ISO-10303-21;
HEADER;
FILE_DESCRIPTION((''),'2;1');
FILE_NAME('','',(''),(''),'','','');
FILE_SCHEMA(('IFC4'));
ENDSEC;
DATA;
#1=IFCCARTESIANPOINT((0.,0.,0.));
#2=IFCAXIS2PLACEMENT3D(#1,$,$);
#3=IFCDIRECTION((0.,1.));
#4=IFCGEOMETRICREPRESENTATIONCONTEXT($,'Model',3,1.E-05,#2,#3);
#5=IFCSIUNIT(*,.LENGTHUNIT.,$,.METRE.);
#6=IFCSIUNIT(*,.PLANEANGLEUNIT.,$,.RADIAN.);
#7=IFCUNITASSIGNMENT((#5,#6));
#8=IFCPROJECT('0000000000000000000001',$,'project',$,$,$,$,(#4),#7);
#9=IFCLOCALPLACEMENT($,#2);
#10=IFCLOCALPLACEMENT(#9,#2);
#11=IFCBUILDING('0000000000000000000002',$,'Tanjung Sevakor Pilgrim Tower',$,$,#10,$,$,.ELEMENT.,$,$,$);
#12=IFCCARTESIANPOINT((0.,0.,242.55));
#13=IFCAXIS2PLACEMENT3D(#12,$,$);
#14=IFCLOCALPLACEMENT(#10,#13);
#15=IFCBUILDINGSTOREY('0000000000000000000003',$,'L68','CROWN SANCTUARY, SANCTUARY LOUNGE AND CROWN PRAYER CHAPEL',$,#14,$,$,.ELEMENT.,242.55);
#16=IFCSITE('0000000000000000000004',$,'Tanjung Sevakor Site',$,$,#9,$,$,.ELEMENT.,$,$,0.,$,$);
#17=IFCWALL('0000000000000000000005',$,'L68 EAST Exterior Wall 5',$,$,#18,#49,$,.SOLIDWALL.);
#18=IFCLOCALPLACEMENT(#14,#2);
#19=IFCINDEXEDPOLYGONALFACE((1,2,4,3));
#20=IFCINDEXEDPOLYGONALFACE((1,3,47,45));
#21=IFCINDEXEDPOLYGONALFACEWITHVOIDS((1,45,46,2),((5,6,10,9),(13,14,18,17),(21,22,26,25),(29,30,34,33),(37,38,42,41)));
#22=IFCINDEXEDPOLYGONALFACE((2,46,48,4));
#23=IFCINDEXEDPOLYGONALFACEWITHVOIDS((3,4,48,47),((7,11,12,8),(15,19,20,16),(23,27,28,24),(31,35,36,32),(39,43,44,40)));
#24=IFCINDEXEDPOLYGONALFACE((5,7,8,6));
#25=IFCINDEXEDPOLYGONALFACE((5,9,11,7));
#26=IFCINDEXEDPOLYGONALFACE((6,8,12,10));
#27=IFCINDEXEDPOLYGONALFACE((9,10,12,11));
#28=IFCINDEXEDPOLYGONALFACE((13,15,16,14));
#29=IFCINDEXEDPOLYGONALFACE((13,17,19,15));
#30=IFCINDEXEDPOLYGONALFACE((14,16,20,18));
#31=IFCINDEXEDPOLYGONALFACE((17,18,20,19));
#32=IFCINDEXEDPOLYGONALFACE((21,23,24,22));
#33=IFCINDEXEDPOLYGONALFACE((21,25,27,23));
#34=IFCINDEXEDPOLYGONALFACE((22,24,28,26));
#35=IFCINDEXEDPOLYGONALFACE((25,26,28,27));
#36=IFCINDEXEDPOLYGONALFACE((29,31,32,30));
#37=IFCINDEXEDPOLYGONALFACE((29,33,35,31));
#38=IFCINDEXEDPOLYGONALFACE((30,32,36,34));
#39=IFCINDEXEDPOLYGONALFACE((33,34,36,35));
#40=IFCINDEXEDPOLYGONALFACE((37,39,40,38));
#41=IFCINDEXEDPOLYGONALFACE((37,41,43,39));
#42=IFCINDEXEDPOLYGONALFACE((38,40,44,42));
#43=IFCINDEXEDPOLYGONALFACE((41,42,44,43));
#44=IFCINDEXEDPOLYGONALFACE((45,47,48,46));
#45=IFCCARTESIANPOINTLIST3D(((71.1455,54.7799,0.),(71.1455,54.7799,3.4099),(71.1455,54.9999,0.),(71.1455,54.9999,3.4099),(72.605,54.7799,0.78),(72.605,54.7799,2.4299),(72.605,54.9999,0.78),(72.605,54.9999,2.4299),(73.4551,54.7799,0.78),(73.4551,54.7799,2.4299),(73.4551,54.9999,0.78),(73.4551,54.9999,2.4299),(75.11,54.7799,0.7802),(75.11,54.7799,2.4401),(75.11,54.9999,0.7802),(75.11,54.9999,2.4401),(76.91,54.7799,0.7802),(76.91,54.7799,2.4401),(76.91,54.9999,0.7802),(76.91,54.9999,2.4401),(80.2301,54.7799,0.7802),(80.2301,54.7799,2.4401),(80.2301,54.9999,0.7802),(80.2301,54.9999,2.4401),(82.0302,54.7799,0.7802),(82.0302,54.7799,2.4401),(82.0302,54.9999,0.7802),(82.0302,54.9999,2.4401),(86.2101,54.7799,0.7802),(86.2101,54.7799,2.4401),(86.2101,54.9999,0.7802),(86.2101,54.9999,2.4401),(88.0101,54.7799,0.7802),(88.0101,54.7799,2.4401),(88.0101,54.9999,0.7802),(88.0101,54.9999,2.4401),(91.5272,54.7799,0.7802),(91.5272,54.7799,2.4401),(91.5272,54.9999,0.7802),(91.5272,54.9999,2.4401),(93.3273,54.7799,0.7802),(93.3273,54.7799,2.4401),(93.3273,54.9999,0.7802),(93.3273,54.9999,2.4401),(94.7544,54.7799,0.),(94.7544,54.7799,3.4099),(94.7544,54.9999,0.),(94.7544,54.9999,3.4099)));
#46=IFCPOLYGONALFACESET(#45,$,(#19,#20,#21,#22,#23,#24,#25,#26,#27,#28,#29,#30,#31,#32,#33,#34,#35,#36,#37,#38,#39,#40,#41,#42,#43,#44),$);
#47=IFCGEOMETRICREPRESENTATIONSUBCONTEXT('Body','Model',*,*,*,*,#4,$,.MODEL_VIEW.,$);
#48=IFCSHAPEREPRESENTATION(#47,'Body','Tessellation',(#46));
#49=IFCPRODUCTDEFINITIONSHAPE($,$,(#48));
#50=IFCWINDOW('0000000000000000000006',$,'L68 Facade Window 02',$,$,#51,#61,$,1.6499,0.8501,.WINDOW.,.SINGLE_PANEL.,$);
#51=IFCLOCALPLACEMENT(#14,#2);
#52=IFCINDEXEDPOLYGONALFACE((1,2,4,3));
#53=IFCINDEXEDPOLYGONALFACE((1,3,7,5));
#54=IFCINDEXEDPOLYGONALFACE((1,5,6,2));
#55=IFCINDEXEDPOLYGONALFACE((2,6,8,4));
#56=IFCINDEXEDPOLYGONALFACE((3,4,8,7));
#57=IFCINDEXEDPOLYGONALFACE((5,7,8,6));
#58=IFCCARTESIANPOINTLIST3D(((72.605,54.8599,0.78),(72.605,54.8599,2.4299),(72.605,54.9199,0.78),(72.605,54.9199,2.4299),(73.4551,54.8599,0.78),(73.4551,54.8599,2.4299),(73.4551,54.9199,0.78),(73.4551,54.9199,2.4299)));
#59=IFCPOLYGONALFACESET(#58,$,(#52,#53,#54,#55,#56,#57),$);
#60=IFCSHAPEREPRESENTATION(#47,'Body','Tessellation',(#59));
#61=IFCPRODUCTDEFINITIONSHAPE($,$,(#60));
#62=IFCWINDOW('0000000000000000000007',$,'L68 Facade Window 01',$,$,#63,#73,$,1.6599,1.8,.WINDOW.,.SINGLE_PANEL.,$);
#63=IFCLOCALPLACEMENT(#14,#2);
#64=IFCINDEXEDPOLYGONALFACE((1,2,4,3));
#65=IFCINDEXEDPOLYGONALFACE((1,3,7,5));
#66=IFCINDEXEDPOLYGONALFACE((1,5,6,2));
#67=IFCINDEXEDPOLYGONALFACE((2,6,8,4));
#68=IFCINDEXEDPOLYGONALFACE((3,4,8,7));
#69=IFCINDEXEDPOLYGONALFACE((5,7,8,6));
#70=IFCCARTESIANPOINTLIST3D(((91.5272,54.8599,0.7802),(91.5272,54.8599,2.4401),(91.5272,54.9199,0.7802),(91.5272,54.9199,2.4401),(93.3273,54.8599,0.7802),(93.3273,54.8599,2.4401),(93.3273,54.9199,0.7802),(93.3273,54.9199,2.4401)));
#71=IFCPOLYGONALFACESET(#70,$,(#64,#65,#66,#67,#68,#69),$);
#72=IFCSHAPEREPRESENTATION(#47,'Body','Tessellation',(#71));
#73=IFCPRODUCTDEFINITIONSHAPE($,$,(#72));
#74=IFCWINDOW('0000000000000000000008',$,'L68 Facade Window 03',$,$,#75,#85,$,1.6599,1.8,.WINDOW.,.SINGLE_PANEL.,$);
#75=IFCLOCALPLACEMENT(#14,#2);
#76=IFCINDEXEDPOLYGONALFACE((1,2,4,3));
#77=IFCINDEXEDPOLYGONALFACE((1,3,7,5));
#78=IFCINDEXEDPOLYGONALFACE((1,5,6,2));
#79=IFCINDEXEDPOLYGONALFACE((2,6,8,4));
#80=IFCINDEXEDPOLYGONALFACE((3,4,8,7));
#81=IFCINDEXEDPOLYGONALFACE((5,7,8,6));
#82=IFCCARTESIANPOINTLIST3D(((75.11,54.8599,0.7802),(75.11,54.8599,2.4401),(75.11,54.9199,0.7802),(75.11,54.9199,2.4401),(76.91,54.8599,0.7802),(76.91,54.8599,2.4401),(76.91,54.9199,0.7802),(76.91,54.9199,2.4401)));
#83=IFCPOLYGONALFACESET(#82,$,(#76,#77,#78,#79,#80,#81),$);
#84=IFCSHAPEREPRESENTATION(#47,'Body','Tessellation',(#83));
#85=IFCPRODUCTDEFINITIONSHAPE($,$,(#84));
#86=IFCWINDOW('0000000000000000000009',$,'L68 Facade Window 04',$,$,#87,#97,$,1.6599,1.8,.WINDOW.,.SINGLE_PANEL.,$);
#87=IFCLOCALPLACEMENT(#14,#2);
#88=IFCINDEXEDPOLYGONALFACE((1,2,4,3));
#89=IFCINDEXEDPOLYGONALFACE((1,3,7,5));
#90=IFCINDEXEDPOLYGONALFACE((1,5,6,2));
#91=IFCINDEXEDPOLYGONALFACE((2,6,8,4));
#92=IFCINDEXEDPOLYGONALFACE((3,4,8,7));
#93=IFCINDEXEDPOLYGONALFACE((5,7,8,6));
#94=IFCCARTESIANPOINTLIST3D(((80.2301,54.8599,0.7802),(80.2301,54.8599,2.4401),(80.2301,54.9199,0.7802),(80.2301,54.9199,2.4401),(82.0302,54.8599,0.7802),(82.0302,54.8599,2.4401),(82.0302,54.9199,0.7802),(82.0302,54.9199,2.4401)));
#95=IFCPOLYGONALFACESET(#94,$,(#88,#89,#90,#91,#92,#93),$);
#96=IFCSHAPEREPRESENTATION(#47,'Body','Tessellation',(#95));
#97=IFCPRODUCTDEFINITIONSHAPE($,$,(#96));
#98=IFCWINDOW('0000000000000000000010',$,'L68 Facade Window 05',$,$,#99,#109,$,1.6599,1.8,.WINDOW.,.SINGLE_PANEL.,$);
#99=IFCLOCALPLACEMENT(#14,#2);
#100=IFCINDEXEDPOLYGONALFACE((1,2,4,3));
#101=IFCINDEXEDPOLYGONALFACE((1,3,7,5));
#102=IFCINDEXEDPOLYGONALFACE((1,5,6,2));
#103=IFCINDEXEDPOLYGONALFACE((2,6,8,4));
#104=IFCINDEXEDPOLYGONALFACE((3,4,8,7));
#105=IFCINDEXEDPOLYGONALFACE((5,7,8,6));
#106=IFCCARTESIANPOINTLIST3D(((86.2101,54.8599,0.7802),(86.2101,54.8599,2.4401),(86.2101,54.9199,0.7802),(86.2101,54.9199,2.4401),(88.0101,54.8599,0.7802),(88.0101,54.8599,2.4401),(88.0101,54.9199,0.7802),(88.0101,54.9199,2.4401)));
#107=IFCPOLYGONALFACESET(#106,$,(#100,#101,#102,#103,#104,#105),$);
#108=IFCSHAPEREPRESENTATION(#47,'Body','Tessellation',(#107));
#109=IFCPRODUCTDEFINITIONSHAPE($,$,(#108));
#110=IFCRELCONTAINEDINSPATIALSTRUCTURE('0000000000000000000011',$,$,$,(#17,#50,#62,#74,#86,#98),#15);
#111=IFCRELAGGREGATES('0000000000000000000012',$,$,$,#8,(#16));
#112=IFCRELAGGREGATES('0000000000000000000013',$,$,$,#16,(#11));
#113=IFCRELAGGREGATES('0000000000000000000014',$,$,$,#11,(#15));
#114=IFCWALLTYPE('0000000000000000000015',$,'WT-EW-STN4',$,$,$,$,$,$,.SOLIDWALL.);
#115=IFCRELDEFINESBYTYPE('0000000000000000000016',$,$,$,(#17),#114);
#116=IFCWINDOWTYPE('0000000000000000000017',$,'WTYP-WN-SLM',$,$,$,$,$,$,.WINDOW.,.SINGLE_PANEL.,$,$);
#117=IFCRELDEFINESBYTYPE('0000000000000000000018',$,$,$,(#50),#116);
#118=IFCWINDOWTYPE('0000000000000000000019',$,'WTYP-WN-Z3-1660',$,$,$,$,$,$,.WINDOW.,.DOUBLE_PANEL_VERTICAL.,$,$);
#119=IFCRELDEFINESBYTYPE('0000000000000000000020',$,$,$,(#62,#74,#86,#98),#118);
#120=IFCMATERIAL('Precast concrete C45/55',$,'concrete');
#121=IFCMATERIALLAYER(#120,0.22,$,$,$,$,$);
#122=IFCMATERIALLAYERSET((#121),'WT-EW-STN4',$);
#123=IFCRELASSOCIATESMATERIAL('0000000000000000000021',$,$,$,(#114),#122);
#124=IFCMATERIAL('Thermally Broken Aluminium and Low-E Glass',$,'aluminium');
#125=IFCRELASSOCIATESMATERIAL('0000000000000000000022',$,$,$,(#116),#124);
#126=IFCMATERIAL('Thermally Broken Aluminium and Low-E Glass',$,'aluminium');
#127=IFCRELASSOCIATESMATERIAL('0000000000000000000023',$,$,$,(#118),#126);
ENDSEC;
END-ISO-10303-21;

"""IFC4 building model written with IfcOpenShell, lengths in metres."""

from ifc_helpers import new_model, si_unit, direction, frame, frame_2d, origin, place, context, subcontext, project, spatial, rectangle, extrude, material, layer, layer_set, type_object, element, fill, save


model = new_model("IFC4")

# Units and contexts
model_context = context("Model", 3, precision=1e-05, world=origin(), true_north=direction((0.0, 1.0)))
body_context = subcontext(model_context, "Body", "Model", "MODEL_VIEW")
ifc_project = project(units=[si_unit("LENGTHUNIT", "METRE"), si_unit("PLANEANGLEUNIT", "RADIAN")], contexts=[model_context])

# Site, building, storey
site_placement = place(None, origin())
site = spatial("IfcSite", under=ifc_project, at=site_placement, Name="Tanjung Sevakor Site", CompositionType="ELEMENT", RefElevation=0.0)
building_placement = place(site_placement, origin())
building = spatial("IfcBuilding", under=site, at=building_placement, Name="Tanjung Sevakor Pilgrim Tower", CompositionType="ELEMENT")
storey_placement = place(building_placement, frame((0.0, 0.0, 242.55)))
storey = spatial("IfcBuildingStorey", under=building, at=storey_placement, Name="L68", Description="CROWN SANCTUARY, SANCTUARY LOUNGE AND CROWN PRAYER CHAPEL", CompositionType="ELEMENT", Elevation=242.55)

# Wall, openings, windows
ifc_material_1 = material(Name="Precast concrete C45/55", Category="concrete")
ifc_layer_1 = layer(ifc_material_1, 0.22)
ifc_layer_set_1 = layer_set([ifc_layer_1], Name="WT-EW-STN4")
wall_type_1 = type_object("IfcWallType", Name="WT-EW-STN4", PredefinedType="SOLIDWALL", material=ifc_layer_set_1)
wall_1_placement = place(storey_placement, frame((94.7544, 54.8899, 0.0), z_axis=(0.0, 0.0, 1.0), x_axis=(-1.0, 0.0, 0.0)))
wall_1 = element("IfcWall", 1, at=wall_1_placement, inside=storey, type_object=wall_type_1, Name="L68 EAST Exterior Wall 5", PredefinedType="SOLIDWALL", context=body_context, shape_type="SweptSolid", body=[
    extrude(rectangle(XDim=23.6089, YDim=0.22, at=frame_2d((11.8044, 0.0))), origin(), (0.0, 0.0, 1.0), 3.4099),
])
opening_1_placement = place(wall_1_placement, frame((1.4272, 0.0, 0.78)))
opening_1 = element("IfcOpeningElement", 2, at=opening_1_placement, cuts=wall_1, PredefinedType="OPENING", context=body_context, shape_type="SweptSolid", body=[
    extrude(rectangle(XDim=1.8, YDim=1.6599, at=frame_2d((0.8999, 0.8301))), frame((0.0, 0.1199, 0.0), z_axis=(0.0, -1.0, 0.0), x_axis=(1.0, 0.0, 0.0)), (0.0, 0.0, 1.0), 0.24),
])
opening_2_placement = place(wall_1_placement, frame((21.2993, 0.0, 0.78)))
opening_2 = element("IfcOpeningElement", 3, at=opening_2_placement, cuts=wall_1, PredefinedType="OPENING", context=body_context, shape_type="SweptSolid", body=[
    extrude(rectangle(XDim=0.8501, YDim=1.6499, at=frame_2d((0.425, 0.825))), frame((0.0, 0.1199, 0.0), z_axis=(0.0, -1.0, 0.0), x_axis=(1.0, 0.0, 0.0)), (0.0, 0.0, 1.0), 0.24),
])
opening_3_placement = place(wall_1_placement, frame((17.8445, 0.0, 0.78)))
opening_3 = element("IfcOpeningElement", 4, at=opening_3_placement, cuts=wall_1, PredefinedType="OPENING", context=body_context, shape_type="SweptSolid", body=[
    extrude(rectangle(XDim=1.8, YDim=1.6599, at=frame_2d((0.8999, 0.8301))), frame((0.0, 0.1199, 0.0), z_axis=(0.0, -1.0, 0.0), x_axis=(1.0, 0.0, 0.0)), (0.0, 0.0, 1.0), 0.24),
])
opening_4_placement = place(wall_1_placement, frame((12.7244, 0.0, 0.78)))
opening_4 = element("IfcOpeningElement", 5, at=opening_4_placement, cuts=wall_1, PredefinedType="OPENING", context=body_context, shape_type="SweptSolid", body=[
    extrude(rectangle(XDim=1.8, YDim=1.6599, at=frame_2d((0.8999, 0.8301))), frame((0.0, 0.1199, 0.0), z_axis=(0.0, -1.0, 0.0), x_axis=(1.0, 0.0, 0.0)), (0.0, 0.0, 1.0), 0.24),
])
opening_5_placement = place(wall_1_placement, frame((6.7444, 0.0, 0.78)))
opening_5 = element("IfcOpeningElement", 6, at=opening_5_placement, cuts=wall_1, PredefinedType="OPENING", context=body_context, shape_type="SweptSolid", body=[
    extrude(rectangle(XDim=1.8, YDim=1.6599, at=frame_2d((0.8999, 0.8301))), frame((0.0, 0.1199, 0.0), z_axis=(0.0, -1.0, 0.0), x_axis=(1.0, 0.0, 0.0)), (0.0, 0.0, 1.0), 0.24),
])
ifc_material_2 = material(Name="Thermally Broken Aluminium and Low-E Glass", Category="aluminium")
window_type_1 = type_object("IfcWindowType", Name="WTYP-WN-SLM", PartitioningType="SINGLE_PANEL", PredefinedType="WINDOW", material=ifc_material_2)
window_1_placement = place(opening_2_placement, origin())
window_1 = element("IfcWindow", 7, at=window_1_placement, inside=storey, type_object=window_type_1, Name="L68 Facade Window 02", OverallHeight=1.6499, OverallWidth=0.8501, PartitioningType="SINGLE_PANEL", PredefinedType="WINDOW", context=body_context, shape_type="SweptSolid", body=[
    extrude(rectangle(XDim=0.8501, YDim=1.6499, at=frame_2d((0.425, 0.825))), frame((0.0, 0.03, 0.0), z_axis=(0.0, -1.0, 0.0), x_axis=(1.0, 0.0, 0.0)), (0.0, 0.0, 1.0), 0.0601),
])
fill(opening_2, window_1)
ifc_material_3 = material(Name="Thermally Broken Aluminium and Low-E Glass", Category="aluminium")
window_type_2 = type_object("IfcWindowType", Name="WTYP-WN-Z3-1660", PartitioningType="DOUBLE_PANEL_VERTICAL", PredefinedType="WINDOW", material=ifc_material_3)
window_2_placement = place(opening_1_placement, origin())
window_2 = element("IfcWindow", 8, at=window_2_placement, inside=storey, type_object=window_type_2, Name="L68 Facade Window 01", OverallHeight=1.6599, OverallWidth=1.8, PartitioningType="SINGLE_PANEL", PredefinedType="WINDOW", context=body_context, shape_type="SweptSolid", body=[
    extrude(rectangle(XDim=1.8, YDim=1.6599, at=frame_2d((0.8999, 0.8301))), frame((0.0, 0.03, 0.0), z_axis=(0.0, -1.0, 0.0), x_axis=(1.0, 0.0, 0.0)), (0.0, 0.0, 1.0), 0.0601),
])
fill(opening_1, window_2)
window_3_placement = place(opening_3_placement, origin())
window_3 = element("IfcWindow", 9, at=window_3_placement, inside=storey, type_object=window_type_2, Name="L68 Facade Window 03", OverallHeight=1.6599, OverallWidth=1.8, PartitioningType="SINGLE_PANEL", PredefinedType="WINDOW", context=body_context, shape_type="SweptSolid", body=[
    extrude(rectangle(XDim=1.8, YDim=1.6599, at=frame_2d((0.8999, 0.8301))), frame((0.0, 0.03, 0.0), z_axis=(0.0, -1.0, 0.0), x_axis=(1.0, 0.0, 0.0)), (0.0, 0.0, 1.0), 0.0601),
])
fill(opening_3, window_3)
window_4_placement = place(opening_4_placement, origin())
window_4 = element("IfcWindow", 10, at=window_4_placement, inside=storey, type_object=window_type_2, Name="L68 Facade Window 04", OverallHeight=1.6599, OverallWidth=1.8, PartitioningType="SINGLE_PANEL", PredefinedType="WINDOW", context=body_context, shape_type="SweptSolid", body=[
    extrude(rectangle(XDim=1.8, YDim=1.6599, at=frame_2d((0.8999, 0.8301))), frame((0.0, 0.03, 0.0), z_axis=(0.0, -1.0, 0.0), x_axis=(1.0, 0.0, 0.0)), (0.0, 0.0, 1.0), 0.0601),
])
fill(opening_4, window_4)
window_5_placement = place(opening_5_placement, origin())
window_5 = element("IfcWindow", 11, at=window_5_placement, inside=storey, type_object=window_type_2, Name="L68 Facade Window 05", OverallHeight=1.6599, OverallWidth=1.8, PartitioningType="SINGLE_PANEL", PredefinedType="WINDOW", context=body_context, shape_type="SweptSolid", body=[
    extrude(rectangle(XDim=1.8, YDim=1.6599, at=frame_2d((0.8999, 0.8301))), frame((0.0, 0.03, 0.0), z_axis=(0.0, -1.0, 0.0), x_axis=(1.0, 0.0, 0.0)), (0.0, 0.0, 1.0), 0.0601),
])
fill(opening_5, window_5)

save(model, "model.ifc")
